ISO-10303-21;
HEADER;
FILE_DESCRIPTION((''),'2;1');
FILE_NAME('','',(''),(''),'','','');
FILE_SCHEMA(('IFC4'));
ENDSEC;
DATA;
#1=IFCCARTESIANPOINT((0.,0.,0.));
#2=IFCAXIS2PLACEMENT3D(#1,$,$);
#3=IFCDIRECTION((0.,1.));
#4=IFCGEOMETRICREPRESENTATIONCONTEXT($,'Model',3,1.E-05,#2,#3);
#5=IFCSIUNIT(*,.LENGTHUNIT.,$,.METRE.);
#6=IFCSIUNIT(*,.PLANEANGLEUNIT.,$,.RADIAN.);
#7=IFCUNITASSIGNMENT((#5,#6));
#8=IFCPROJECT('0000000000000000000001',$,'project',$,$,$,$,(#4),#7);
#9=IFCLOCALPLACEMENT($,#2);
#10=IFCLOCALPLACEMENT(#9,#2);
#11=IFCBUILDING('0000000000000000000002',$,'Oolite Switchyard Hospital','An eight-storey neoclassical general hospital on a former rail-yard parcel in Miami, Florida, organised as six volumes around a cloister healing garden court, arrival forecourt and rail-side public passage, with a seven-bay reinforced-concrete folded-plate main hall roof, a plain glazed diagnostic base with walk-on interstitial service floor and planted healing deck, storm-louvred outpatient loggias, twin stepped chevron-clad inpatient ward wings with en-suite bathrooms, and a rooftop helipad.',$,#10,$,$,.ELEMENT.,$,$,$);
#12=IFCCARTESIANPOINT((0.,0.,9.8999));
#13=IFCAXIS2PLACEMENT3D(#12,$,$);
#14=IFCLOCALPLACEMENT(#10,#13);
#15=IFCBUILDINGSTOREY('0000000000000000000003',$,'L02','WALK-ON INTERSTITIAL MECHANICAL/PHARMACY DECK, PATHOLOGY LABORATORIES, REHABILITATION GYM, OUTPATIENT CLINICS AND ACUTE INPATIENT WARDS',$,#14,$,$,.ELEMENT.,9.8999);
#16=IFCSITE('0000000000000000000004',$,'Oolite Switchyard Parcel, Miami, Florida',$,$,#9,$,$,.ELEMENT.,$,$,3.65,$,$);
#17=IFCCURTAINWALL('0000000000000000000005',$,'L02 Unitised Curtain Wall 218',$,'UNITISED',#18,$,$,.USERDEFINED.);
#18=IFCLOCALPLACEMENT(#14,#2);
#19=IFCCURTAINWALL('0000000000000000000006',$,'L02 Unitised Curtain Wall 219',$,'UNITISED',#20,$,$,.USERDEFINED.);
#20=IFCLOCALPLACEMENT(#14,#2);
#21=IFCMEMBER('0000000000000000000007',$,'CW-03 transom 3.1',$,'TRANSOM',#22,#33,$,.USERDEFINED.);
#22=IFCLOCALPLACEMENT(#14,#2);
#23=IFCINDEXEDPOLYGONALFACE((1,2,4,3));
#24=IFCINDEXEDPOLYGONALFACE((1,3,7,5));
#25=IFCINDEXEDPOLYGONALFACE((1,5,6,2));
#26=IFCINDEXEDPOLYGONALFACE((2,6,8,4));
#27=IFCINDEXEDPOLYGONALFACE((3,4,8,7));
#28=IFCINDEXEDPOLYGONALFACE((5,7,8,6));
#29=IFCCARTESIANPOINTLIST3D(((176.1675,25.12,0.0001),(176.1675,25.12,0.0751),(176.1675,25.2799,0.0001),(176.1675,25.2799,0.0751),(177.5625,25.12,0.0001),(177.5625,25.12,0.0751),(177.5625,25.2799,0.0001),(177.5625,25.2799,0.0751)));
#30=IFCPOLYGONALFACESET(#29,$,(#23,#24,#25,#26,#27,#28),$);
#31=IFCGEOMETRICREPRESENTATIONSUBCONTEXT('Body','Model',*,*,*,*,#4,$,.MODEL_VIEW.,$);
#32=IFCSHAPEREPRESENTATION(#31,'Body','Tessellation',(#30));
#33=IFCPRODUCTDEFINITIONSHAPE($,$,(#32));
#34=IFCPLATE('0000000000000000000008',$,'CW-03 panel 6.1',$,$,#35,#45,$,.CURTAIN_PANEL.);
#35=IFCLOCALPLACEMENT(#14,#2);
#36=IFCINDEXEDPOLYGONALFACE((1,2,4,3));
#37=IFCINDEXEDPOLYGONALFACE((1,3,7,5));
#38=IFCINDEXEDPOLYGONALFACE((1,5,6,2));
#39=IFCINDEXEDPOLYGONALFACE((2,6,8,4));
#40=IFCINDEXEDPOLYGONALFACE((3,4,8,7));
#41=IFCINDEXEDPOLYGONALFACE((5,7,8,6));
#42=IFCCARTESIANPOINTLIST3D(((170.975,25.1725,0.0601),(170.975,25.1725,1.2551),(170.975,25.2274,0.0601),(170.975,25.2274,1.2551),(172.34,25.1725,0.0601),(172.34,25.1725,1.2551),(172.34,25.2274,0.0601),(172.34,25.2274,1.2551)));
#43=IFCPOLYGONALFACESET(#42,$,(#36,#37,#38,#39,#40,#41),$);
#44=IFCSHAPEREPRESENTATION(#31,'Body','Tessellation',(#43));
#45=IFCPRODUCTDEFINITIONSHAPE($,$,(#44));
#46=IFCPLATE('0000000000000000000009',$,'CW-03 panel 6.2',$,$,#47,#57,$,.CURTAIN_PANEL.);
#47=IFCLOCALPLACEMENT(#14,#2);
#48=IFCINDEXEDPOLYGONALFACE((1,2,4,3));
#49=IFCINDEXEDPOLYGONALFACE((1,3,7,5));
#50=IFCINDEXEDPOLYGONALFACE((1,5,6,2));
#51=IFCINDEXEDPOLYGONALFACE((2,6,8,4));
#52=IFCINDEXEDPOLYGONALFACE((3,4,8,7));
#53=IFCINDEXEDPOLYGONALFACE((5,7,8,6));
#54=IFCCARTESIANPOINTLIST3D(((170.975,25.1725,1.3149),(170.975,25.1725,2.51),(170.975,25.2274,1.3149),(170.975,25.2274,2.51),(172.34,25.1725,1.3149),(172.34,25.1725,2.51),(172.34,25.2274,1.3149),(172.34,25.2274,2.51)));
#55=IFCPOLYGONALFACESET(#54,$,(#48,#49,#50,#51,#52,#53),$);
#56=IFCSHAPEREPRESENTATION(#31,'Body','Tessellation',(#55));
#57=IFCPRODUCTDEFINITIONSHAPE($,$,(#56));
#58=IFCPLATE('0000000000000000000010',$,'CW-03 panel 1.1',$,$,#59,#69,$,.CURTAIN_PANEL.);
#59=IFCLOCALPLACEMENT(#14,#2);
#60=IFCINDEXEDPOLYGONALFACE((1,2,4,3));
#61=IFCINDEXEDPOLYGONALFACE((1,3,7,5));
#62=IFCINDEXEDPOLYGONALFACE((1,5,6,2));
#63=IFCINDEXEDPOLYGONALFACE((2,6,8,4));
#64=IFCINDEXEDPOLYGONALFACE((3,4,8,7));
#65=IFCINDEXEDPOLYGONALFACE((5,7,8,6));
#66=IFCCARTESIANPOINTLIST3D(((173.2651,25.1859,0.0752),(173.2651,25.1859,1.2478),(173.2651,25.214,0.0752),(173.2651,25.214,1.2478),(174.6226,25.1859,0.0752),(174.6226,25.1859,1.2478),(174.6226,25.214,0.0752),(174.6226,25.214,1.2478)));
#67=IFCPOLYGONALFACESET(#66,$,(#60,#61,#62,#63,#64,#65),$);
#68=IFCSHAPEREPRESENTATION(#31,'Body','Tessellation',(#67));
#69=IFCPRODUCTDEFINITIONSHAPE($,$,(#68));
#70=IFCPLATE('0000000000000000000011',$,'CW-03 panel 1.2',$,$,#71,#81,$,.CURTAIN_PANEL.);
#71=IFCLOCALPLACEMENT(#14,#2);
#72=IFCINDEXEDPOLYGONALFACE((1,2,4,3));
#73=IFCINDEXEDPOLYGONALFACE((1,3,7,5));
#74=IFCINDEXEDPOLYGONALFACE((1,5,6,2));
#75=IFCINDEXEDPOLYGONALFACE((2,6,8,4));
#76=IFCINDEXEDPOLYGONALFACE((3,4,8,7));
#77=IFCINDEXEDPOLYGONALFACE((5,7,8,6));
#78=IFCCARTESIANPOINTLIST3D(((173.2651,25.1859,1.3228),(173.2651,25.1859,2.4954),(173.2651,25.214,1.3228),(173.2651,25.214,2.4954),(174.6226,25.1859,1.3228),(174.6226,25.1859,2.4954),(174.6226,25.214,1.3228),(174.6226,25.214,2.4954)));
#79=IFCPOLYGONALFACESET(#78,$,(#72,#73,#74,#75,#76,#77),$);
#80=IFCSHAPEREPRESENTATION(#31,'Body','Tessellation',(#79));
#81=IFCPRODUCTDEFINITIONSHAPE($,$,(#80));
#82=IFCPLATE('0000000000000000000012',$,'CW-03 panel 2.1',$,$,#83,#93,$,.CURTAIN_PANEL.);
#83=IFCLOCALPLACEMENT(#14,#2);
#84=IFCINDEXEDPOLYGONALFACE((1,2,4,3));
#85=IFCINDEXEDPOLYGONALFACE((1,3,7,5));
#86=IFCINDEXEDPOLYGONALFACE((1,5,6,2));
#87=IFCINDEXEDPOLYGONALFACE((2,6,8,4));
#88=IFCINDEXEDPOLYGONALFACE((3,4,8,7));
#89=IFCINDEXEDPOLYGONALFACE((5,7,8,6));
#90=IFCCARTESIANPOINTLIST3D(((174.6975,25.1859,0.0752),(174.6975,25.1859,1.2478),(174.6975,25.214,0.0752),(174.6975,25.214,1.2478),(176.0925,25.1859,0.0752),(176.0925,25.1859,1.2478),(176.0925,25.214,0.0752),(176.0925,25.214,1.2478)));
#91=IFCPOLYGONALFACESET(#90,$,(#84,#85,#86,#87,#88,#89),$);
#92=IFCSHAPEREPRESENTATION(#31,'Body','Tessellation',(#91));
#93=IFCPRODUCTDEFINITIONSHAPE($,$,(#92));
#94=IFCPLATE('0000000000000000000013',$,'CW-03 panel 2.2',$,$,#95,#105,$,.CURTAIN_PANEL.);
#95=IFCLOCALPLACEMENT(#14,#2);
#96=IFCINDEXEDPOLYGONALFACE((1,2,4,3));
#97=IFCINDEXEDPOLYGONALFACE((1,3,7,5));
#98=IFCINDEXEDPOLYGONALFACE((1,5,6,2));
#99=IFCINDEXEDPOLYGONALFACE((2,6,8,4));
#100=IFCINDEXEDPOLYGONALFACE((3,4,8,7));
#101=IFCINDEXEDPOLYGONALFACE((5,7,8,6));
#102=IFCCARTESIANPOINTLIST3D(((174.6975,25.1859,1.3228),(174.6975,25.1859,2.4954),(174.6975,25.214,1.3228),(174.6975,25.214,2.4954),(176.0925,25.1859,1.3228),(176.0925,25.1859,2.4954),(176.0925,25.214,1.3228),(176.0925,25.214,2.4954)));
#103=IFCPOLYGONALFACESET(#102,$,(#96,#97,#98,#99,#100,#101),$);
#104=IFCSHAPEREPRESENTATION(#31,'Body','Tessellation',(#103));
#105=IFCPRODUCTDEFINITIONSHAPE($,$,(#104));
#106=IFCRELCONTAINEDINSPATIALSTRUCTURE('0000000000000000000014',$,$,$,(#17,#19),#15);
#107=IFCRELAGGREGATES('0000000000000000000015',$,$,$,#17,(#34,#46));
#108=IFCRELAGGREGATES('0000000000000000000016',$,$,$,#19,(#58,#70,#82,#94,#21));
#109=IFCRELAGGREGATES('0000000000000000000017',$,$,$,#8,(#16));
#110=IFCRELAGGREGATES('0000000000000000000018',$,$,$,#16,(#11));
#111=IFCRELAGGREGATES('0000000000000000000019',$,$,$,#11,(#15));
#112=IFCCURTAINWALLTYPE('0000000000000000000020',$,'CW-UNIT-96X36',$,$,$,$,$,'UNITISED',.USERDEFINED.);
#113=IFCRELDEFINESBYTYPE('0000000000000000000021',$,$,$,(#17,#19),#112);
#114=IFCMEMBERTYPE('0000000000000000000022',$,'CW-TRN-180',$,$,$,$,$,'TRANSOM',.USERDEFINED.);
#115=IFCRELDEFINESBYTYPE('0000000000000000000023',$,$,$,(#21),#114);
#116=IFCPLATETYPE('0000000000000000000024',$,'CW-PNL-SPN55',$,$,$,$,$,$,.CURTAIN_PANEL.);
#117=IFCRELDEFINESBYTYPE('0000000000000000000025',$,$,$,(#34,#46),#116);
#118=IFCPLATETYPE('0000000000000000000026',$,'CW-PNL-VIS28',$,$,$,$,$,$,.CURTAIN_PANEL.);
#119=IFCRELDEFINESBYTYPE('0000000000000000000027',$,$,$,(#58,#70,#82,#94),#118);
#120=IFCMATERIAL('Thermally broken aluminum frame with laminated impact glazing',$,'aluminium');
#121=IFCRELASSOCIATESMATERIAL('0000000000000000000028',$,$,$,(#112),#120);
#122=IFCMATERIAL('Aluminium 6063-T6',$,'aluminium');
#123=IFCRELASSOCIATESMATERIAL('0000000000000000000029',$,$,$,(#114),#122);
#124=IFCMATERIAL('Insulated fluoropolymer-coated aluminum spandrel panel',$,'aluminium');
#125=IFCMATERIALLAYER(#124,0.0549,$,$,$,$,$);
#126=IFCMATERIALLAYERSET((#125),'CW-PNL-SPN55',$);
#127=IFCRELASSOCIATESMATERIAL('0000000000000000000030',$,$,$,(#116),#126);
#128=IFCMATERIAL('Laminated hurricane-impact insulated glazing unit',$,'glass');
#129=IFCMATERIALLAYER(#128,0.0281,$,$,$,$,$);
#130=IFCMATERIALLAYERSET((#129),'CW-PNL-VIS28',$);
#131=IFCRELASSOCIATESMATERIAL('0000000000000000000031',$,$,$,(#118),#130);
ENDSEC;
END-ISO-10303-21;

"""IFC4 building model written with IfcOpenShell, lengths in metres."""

from ifc_helpers import new_model, si_unit, direction, frame, origin, origin_2d, place, context, subcontext, project, spatial, rectangle, extrude, material, layer, layer_set, material_profile, profile_set, type_object, element, aggregate, save


model = new_model("IFC4")

# Units and contexts
model_context = context("Model", 3, precision=1e-05, world=origin(), true_north=direction((0.0, 1.0)))
body_context = subcontext(model_context, "Body", "Model", "MODEL_VIEW")
ifc_project = project(units=[si_unit("LENGTHUNIT", "METRE"), si_unit("PLANEANGLEUNIT", "RADIAN")], contexts=[model_context])

# Site, building, storey
site_placement = place(None, origin())
site = spatial("IfcSite", under=ifc_project, at=site_placement, Name="Oolite Switchyard Parcel, Miami, Florida", CompositionType="ELEMENT", RefElevation=3.65)
building_placement = place(site_placement, origin())
building = spatial("IfcBuilding", under=site, at=building_placement, Name="Oolite Switchyard Hospital", Description="An eight-storey neoclassical general hospital on a former rail-yard parcel in Miami, Florida, organised as six volumes around a cloister healing garden court, arrival forecourt and rail-side public passage, with a seven-bay reinforced-concrete folded-plate main hall roof, a plain glazed diagnostic base with walk-on interstitial service floor and planted healing deck, storm-louvred outpatient loggias, twin stepped chevron-clad inpatient ward wings with en-suite bathrooms, and a rooftop helipad.", CompositionType="ELEMENT")
storey_placement = place(building_placement, frame((0.0, 0.0, 9.8999)))
storey = spatial("IfcBuildingStorey", under=building, at=storey_placement, Name="L02", Description="WALK-ON INTERSTITIAL MECHANICAL/PHARMACY DECK, PATHOLOGY LABORATORIES, REHABILITATION GYM, OUTPATIENT CLINICS AND ACUTE INPATIENT WARDS", CompositionType="ELEMENT", Elevation=9.8999)

# Curtain wall
ifc_material_1 = material(Name="Thermally broken aluminum frame with laminated impact glazing", Category="aluminium")
curtain_wall_type = type_object("IfcCurtainWallType", Name="CW-UNIT-96X36", ElementType="UNITISED", PredefinedType="USERDEFINED", material=ifc_material_1)
curtain_wall_1_placement = place(storey_placement, origin())
curtain_wall_1 = element("IfcCurtainWall", 1, at=curtain_wall_1_placement, inside=storey, type_object=curtain_wall_type, Name="L02 Unitised Curtain Wall 218", ObjectType="UNITISED", PredefinedType="USERDEFINED")
ifc_material_2 = material(Name="Aluminium 6063-T6", Category="aluminium")

# Curtain wall
curtain_wall_2_placement = place(storey_placement, origin())
curtain_wall_2 = element("IfcCurtainWall", 2, at=curtain_wall_2_placement, inside=storey, type_object=curtain_wall_type, Name="L02 Unitised Curtain Wall 219", ObjectType="UNITISED", PredefinedType="USERDEFINED")

# Member
ifc_material_profile_1 = material_profile(ifc_material_2, rectangle(XDim=0.1599, YDim=0.075, at=origin_2d()), Name="CWT75X160")
ifc_profile_set_1 = profile_set([ifc_material_profile_1], Name="Aluminium 6063-T6")
member_type_1 = type_object("IfcMemberType", Name="CW-TRN-180", ElementType="TRANSOM", PredefinedType="USERDEFINED", material=ifc_profile_set_1)
member_1_placement = place(storey_placement, frame((176.1675, 25.2, 0.0376), z_axis=(1.0, 0.0, 0.0), x_axis=(0.0, 1.0, 0.0)))
member_1 = element("IfcMember", 3, at=member_1_placement, type_object=member_type_1, Name="CW-03 transom 3.1", ObjectType="TRANSOM", PredefinedType="USERDEFINED", context=body_context, shape_type="SweptSolid", body=[
    extrude(rectangle(XDim=0.1599, YDim=0.075, at=origin_2d()), origin(), (0.0, 0.0, 1.0), 1.395),
])

# Plates
ifc_material_3 = material(Name="Insulated fluoropolymer-coated aluminum spandrel panel", Category="aluminium")
ifc_layer_1 = layer(ifc_material_3, 0.0549)
ifc_layer_set_1 = layer_set([ifc_layer_1], Name="CW-PNL-SPN55")
plate_type_1 = type_object("IfcPlateType", Name="CW-PNL-SPN55", PredefinedType="CURTAIN_PANEL", material=ifc_layer_set_1)
plate_1_placement = place(storey_placement, frame((171.6575, 25.2, 0.0601), z_axis=(0.0, 0.0, 1.0), x_axis=(1.0, 0.0, 0.0)))
plate_1 = element("IfcPlate", 4, at=plate_1_placement, type_object=plate_type_1, Name="CW-03 panel 6.1", PredefinedType="CURTAIN_PANEL", context=body_context, shape_type="SweptSolid", body=[
    extrude(rectangle(XDim=1.365, YDim=0.0549, at=origin_2d()), origin(), (0.0, 0.0, 1.0), 1.1951),
])
plate_2_placement = place(storey_placement, frame((171.6575, 25.2, 1.3149), z_axis=(0.0, 0.0, 1.0), x_axis=(1.0, 0.0, 0.0)))
plate_2 = element("IfcPlate", 5, at=plate_2_placement, type_object=plate_type_1, Name="CW-03 panel 6.2", PredefinedType="CURTAIN_PANEL", context=body_context, shape_type="SweptSolid", body=[
    extrude(rectangle(XDim=1.365, YDim=0.0549, at=origin_2d()), origin(), (0.0, 0.0, 1.0), 1.1951),
])
aggregate(curtain_wall_1, [plate_1, plate_2])
ifc_material_4 = material(Name="Laminated hurricane-impact insulated glazing unit", Category="glass")
ifc_layer_2 = layer(ifc_material_4, 0.0281)
ifc_layer_set_2 = layer_set([ifc_layer_2], Name="CW-PNL-VIS28")
plate_type_2 = type_object("IfcPlateType", Name="CW-PNL-VIS28", PredefinedType="CURTAIN_PANEL", material=ifc_layer_set_2)
plate_3_placement = place(storey_placement, frame((173.9438, 25.2, 0.0752), z_axis=(0.0, 0.0, 1.0), x_axis=(1.0, 0.0, 0.0)))
plate_3 = element("IfcPlate", 6, at=plate_3_placement, type_object=plate_type_2, Name="CW-03 panel 1.1", PredefinedType="CURTAIN_PANEL", context=body_context, shape_type="SweptSolid", body=[
    extrude(rectangle(XDim=1.3574, YDim=0.0281, at=origin_2d()), origin(), (0.0, 0.0, 1.0), 1.1726),
])
plate_4_placement = place(storey_placement, frame((173.9438, 25.2, 1.3228), z_axis=(0.0, 0.0, 1.0), x_axis=(1.0, 0.0, 0.0)))
plate_4 = element("IfcPlate", 7, at=plate_4_placement, type_object=plate_type_2, Name="CW-03 panel 1.2", PredefinedType="CURTAIN_PANEL", context=body_context, shape_type="SweptSolid", body=[
    extrude(rectangle(XDim=1.3574, YDim=0.0281, at=origin_2d()), origin(), (0.0, 0.0, 1.0), 1.1726),
])
plate_5_placement = place(storey_placement, frame((175.395, 25.2, 0.0752), z_axis=(0.0, 0.0, 1.0), x_axis=(1.0, 0.0, 0.0)))
plate_5 = element("IfcPlate", 8, at=plate_5_placement, type_object=plate_type_2, Name="CW-03 panel 2.1", PredefinedType="CURTAIN_PANEL", context=body_context, shape_type="SweptSolid", body=[
    extrude(rectangle(XDim=1.395, YDim=0.0281, at=origin_2d()), origin(), (0.0, 0.0, 1.0), 1.1726),
])
plate_6_placement = place(storey_placement, frame((175.395, 25.2, 1.3228), z_axis=(0.0, 0.0, 1.0), x_axis=(1.0, 0.0, 0.0)))
plate_6 = element("IfcPlate", 9, at=plate_6_placement, type_object=plate_type_2, Name="CW-03 panel 2.2", PredefinedType="CURTAIN_PANEL", context=body_context, shape_type="SweptSolid", body=[
    extrude(rectangle(XDim=1.395, YDim=0.0281, at=origin_2d()), origin(), (0.0, 0.0, 1.0), 1.1726),
])
aggregate(curtain_wall_2, [plate_3, plate_4, plate_5, plate_6, member_1])

save(model, "model.ifc")
